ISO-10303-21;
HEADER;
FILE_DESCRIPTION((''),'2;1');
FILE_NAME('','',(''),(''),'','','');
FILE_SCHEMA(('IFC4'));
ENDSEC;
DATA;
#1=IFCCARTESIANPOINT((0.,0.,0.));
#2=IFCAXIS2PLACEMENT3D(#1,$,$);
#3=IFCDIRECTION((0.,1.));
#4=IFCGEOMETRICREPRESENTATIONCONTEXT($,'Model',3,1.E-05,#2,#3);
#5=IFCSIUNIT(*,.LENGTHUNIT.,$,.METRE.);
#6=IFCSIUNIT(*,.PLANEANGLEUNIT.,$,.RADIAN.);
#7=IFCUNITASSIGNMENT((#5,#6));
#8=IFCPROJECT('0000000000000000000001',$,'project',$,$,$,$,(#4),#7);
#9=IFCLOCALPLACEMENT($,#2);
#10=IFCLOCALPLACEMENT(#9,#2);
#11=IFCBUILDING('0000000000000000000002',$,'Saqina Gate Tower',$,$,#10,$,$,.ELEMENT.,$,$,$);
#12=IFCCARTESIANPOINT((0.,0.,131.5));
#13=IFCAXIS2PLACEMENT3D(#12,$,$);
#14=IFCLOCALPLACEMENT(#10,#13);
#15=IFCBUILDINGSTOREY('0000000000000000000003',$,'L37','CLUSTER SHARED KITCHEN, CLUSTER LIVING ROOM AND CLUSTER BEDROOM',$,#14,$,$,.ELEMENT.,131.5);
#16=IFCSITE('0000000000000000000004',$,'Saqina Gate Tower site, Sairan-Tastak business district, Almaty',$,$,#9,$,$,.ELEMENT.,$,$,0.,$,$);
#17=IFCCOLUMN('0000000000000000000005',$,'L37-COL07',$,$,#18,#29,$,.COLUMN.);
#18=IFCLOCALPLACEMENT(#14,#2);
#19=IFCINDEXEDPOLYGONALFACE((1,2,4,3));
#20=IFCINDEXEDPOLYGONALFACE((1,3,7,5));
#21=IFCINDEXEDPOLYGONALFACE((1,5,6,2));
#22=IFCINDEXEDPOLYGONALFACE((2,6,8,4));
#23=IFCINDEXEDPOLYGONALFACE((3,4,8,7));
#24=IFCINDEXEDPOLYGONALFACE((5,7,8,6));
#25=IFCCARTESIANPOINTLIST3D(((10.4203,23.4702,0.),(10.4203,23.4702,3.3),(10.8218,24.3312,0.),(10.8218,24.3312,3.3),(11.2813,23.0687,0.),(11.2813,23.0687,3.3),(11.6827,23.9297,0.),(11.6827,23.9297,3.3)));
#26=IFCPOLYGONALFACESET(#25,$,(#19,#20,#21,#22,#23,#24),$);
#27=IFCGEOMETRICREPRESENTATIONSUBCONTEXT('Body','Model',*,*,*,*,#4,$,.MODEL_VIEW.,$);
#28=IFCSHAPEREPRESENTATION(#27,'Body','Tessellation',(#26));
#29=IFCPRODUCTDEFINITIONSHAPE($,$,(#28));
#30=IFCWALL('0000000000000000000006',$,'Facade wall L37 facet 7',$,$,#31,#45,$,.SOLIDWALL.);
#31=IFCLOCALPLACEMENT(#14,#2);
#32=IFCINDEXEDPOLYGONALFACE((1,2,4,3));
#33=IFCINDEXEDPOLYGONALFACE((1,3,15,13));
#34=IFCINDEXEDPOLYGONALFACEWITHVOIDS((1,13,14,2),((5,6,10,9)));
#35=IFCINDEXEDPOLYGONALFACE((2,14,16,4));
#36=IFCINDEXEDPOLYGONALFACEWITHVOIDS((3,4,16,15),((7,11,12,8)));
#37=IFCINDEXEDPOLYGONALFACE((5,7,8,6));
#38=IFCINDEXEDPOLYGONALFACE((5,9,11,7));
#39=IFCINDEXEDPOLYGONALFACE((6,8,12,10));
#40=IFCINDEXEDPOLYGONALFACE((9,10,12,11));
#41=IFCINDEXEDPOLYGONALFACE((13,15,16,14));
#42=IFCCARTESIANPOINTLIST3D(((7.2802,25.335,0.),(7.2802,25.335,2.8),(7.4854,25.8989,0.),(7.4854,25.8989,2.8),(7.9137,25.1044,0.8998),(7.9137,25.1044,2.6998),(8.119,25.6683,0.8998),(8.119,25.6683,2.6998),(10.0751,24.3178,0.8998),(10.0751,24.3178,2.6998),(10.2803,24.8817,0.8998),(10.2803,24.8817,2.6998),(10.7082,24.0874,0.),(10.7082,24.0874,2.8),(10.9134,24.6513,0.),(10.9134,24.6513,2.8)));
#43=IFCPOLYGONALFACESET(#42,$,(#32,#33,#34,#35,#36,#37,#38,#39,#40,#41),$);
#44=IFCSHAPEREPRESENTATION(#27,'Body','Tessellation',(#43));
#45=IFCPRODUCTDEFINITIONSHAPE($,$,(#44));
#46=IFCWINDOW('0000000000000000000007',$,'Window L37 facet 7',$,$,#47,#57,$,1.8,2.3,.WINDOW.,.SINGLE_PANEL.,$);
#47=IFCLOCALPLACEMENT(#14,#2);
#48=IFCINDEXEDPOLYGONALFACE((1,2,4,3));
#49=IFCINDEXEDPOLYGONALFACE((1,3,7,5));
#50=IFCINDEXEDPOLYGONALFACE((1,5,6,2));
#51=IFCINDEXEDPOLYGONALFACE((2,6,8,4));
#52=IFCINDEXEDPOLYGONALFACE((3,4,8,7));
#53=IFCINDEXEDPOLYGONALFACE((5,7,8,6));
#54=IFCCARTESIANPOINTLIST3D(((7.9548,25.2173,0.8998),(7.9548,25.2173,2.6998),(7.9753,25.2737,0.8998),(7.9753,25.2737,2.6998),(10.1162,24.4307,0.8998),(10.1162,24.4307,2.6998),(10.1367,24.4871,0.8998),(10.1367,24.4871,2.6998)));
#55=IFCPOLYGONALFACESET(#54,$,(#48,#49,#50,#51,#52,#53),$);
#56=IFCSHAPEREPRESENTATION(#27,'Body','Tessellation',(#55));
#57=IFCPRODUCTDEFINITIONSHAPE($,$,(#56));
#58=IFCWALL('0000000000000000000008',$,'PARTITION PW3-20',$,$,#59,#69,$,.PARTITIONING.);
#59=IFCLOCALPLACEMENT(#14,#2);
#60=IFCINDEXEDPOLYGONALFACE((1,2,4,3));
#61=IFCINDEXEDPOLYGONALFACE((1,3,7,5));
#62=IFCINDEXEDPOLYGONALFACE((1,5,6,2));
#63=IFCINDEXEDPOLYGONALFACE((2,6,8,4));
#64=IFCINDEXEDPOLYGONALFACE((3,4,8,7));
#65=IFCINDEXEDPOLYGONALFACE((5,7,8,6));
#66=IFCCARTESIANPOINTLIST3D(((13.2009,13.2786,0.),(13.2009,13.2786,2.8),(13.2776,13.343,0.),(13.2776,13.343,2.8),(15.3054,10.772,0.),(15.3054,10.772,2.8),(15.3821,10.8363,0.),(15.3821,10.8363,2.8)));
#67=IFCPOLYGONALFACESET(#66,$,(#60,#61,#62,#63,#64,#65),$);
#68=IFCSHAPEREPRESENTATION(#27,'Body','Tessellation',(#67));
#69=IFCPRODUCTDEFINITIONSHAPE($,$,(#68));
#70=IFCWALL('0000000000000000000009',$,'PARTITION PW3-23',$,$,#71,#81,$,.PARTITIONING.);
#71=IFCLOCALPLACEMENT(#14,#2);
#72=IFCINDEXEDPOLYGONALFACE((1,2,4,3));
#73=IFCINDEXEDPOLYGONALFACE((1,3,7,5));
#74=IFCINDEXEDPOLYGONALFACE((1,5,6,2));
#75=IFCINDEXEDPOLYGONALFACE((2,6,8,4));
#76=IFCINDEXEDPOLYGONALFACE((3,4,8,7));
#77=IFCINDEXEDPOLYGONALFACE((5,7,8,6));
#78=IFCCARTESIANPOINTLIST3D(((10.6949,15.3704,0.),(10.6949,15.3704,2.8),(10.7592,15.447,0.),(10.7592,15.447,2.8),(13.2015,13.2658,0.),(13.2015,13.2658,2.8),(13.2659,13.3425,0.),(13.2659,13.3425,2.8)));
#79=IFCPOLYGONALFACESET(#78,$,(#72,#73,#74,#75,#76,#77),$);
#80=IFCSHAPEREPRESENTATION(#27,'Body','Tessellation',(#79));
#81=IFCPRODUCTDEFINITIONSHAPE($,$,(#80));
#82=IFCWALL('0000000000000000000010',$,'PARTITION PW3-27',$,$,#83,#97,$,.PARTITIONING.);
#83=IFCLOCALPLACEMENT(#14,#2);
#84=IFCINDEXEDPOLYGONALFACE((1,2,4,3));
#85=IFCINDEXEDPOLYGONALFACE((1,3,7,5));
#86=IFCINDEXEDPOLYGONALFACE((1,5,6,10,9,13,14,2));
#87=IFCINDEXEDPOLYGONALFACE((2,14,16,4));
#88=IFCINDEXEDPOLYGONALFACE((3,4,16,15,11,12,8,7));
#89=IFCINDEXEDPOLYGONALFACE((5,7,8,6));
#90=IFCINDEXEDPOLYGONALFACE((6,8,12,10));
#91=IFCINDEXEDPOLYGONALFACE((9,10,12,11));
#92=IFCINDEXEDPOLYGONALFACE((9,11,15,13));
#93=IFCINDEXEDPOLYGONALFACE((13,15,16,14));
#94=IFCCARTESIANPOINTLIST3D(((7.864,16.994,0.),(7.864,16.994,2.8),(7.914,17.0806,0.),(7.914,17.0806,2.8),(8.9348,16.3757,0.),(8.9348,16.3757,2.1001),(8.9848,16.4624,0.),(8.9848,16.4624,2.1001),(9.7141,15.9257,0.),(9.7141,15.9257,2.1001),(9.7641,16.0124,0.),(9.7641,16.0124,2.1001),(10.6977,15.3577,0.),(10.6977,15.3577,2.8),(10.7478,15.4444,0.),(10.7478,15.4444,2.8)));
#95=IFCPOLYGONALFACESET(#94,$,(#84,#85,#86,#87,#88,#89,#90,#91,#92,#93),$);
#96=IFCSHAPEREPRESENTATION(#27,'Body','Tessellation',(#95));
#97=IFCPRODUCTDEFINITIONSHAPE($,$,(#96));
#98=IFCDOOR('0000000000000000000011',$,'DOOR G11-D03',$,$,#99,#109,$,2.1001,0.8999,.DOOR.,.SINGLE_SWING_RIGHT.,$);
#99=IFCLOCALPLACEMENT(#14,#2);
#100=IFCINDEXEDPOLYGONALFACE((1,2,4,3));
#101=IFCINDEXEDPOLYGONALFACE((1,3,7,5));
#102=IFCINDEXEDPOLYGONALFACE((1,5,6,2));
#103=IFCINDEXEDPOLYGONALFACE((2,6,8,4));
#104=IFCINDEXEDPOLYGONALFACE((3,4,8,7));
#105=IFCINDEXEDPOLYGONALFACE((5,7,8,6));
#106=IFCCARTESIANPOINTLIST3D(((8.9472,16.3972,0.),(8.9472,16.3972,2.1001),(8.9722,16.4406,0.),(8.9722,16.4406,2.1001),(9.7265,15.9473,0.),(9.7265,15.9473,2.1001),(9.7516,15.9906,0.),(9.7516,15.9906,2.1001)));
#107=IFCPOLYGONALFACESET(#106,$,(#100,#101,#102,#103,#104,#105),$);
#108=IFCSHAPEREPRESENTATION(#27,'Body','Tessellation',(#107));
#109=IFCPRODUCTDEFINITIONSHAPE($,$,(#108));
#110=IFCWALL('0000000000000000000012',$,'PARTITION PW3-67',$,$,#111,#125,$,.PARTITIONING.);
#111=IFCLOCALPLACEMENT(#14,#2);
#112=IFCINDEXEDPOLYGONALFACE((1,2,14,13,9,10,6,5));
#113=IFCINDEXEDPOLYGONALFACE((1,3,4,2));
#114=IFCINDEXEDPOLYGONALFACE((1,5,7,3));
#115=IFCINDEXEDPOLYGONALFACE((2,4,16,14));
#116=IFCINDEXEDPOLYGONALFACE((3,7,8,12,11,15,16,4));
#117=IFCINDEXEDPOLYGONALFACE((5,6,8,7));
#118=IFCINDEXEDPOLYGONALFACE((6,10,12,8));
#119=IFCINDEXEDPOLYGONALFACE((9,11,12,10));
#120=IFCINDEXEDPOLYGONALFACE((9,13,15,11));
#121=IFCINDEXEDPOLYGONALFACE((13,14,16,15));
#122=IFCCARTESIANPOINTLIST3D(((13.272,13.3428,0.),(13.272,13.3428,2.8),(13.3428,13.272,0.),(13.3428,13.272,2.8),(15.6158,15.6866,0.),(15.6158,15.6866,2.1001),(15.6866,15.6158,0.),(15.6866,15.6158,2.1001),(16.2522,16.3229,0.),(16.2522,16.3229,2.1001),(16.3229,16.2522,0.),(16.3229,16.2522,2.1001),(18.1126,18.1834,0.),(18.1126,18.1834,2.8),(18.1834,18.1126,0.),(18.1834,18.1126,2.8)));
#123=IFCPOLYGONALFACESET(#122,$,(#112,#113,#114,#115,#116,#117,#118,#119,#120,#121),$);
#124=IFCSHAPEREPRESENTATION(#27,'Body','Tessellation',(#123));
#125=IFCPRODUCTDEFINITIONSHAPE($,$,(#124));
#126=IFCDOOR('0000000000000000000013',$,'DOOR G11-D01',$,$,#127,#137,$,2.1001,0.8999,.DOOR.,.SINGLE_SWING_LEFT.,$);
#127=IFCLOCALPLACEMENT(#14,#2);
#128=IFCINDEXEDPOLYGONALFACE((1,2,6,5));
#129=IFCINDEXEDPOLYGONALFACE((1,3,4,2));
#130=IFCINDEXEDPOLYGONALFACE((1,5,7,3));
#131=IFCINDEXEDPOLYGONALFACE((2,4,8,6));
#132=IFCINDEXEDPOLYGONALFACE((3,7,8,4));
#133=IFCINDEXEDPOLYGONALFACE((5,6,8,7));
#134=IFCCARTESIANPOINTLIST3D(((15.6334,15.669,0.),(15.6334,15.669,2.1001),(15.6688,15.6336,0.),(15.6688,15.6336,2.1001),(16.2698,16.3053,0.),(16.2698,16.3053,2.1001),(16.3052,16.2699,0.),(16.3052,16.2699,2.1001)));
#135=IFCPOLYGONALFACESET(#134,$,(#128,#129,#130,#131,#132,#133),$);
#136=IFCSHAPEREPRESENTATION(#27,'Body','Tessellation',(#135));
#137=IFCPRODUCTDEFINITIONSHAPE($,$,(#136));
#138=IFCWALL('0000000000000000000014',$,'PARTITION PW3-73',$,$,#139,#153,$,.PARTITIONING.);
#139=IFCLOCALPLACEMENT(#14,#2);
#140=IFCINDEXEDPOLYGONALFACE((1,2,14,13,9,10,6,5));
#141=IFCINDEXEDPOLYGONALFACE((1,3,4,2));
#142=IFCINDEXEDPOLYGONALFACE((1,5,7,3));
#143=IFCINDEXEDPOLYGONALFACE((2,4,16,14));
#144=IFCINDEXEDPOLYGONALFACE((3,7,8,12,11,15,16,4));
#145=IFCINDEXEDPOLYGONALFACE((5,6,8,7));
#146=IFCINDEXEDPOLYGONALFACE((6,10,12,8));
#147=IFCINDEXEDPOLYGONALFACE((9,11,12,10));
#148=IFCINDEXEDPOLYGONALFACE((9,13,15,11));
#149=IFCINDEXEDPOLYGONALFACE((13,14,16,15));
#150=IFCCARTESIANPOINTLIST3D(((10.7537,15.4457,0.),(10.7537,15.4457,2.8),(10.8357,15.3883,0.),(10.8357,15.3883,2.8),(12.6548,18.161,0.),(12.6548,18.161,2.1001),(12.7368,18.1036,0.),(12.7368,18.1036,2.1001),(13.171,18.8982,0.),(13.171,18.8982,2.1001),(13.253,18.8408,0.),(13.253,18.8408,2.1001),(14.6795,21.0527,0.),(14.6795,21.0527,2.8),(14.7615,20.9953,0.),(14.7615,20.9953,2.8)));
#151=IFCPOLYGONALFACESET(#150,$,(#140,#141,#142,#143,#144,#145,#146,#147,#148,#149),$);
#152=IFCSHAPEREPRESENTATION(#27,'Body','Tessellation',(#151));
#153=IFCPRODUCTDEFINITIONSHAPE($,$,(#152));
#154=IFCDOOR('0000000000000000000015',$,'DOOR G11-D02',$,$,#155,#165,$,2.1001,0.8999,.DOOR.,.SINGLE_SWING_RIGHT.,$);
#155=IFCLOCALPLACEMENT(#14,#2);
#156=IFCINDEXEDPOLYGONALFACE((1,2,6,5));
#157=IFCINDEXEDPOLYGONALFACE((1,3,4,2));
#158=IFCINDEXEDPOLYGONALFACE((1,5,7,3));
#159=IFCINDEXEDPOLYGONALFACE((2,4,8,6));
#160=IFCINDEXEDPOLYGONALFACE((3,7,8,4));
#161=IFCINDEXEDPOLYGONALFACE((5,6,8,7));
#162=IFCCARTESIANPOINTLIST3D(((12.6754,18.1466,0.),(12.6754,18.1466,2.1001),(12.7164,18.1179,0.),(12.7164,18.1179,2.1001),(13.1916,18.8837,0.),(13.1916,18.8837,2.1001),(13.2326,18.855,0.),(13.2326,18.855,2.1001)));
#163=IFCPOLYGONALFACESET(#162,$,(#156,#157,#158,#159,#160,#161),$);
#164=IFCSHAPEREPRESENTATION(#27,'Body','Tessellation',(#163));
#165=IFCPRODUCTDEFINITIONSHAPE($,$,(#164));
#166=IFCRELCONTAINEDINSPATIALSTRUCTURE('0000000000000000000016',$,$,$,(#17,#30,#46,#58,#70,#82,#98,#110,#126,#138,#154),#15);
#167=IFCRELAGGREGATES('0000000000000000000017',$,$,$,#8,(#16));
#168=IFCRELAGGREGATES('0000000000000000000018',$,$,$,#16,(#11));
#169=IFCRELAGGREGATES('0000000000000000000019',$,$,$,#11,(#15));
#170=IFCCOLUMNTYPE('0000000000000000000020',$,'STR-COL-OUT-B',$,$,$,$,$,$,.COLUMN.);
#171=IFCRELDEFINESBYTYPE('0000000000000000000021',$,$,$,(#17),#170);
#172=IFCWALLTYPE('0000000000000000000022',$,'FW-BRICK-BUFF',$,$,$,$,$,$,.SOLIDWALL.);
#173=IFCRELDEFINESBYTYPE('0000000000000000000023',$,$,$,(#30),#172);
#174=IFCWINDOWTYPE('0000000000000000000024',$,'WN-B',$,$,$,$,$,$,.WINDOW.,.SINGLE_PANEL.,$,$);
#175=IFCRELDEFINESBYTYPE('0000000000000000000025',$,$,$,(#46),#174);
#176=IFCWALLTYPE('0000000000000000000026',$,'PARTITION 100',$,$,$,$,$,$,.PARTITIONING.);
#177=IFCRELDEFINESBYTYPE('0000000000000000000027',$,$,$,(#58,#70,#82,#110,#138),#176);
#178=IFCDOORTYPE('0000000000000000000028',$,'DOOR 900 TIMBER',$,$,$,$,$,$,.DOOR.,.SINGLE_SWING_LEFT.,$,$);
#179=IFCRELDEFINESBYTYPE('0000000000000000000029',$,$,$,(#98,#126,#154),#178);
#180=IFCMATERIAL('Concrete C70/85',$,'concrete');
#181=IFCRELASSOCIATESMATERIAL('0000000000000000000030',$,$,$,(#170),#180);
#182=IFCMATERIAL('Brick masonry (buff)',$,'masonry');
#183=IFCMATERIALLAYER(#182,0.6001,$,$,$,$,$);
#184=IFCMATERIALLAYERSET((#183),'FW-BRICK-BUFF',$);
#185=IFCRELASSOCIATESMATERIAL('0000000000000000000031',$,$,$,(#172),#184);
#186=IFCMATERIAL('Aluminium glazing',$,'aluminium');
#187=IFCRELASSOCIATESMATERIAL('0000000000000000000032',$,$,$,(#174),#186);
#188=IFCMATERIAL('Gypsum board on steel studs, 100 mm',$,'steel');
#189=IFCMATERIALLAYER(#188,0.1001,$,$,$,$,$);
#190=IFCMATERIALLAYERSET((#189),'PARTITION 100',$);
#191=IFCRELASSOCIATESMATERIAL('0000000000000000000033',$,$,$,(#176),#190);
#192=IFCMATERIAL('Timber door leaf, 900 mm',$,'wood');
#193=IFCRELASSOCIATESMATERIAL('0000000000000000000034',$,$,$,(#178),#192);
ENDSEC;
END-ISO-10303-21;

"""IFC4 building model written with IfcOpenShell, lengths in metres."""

from ifc_helpers import new_model, si_unit, direction, frame, frame_2d, origin, origin_2d, place, context, subcontext, project, spatial, rectangle, extrude, material, layer, layer_set, material_profile, profile_set, type_object, element, fill, save


model = new_model("IFC4")

# Units and contexts
model_context = context("Model", 3, precision=1e-05, world=origin(), true_north=direction((0.0, 1.0)))
body_context = subcontext(model_context, "Body", "Model", "MODEL_VIEW")
ifc_project = project(units=[si_unit("LENGTHUNIT", "METRE"), si_unit("PLANEANGLEUNIT", "RADIAN")], contexts=[model_context])

# Site, building, storey
site_placement = place(None, origin())
site = spatial("IfcSite", under=ifc_project, at=site_placement, Name="Saqina Gate Tower site, Sairan-Tastak business district, Almaty", CompositionType="ELEMENT", RefElevation=0.0)
building_placement = place(site_placement, origin())
building = spatial("IfcBuilding", under=site, at=building_placement, Name="Saqina Gate Tower", CompositionType="ELEMENT")
storey_placement = place(building_placement, frame((0.0, 0.0, 131.5)))
storey = spatial("IfcBuildingStorey", under=building, at=storey_placement, Name="L37", Description="CLUSTER SHARED KITCHEN, CLUSTER LIVING ROOM AND CLUSTER BEDROOM", CompositionType="ELEMENT", Elevation=131.5)

# Column
ifc_material_1 = material(Name="Concrete C70/85", Category="concrete")
ifc_material_profile = material_profile(ifc_material_1, rectangle(XDim=0.95, YDim=0.95, at=origin_2d()), Name="RC 950x950")
ifc_profile_set = profile_set([ifc_material_profile], Name="Concrete C70/85")
column_type = type_object("IfcColumnType", Name="STR-COL-OUT-B", PredefinedType="COLUMN", material=ifc_profile_set)
column_placement = place(storey_placement, frame((11.0515, 23.7, 0.0), z_axis=(0.0, 0.0, 1.0), x_axis=(0.422618, 0.906308, 0.0)))
element("IfcColumn", 1, at=column_placement, inside=storey, type_object=column_type, Name="L37-COL07", PredefinedType="COLUMN", context=body_context, shape_type="SweptSolid", body=[
    extrude(rectangle(XDim=0.95, YDim=0.95, at=origin_2d()), origin(), (0.0, 0.0, 1.0), 3.3),
])

# Wall, opening, window
ifc_material_2 = material(Name="Brick masonry (buff)", Category="masonry")
ifc_layer_1 = layer(ifc_material_2, 0.6001)
ifc_layer_set_1 = layer_set([ifc_layer_1], Name="FW-BRICK-BUFF")
wall_type_1 = type_object("IfcWallType", Name="FW-BRICK-BUFF", PredefinedType="SOLIDWALL", material=ifc_layer_set_1)
wall_1_placement = place(storey_placement, frame((10.8108, 24.3694, 0.0), z_axis=(0.0, 0.0, 1.0), x_axis=(-0.939704, 0.34199, 0.0)))
wall_1 = element("IfcWall", 2, at=wall_1_placement, inside=storey, type_object=wall_type_1, Name="Facade wall L37 facet 7", PredefinedType="SOLIDWALL", context=body_context, shape_type="SweptSolid", body=[
    extrude(rectangle(XDim=3.6479, YDim=0.6001, at=frame_2d((1.824, 0.0))), origin(), (0.0, 0.0, 1.0), 2.8),
])
opening_1_placement = place(wall_1_placement, frame((0.6738, 0.0, 0.8999)))
opening_1 = element("IfcOpeningElement", 3, at=opening_1_placement, cuts=wall_1, PredefinedType="OPENING", context=body_context, shape_type="SweptSolid", body=[
    extrude(rectangle(XDim=2.3, YDim=1.8, at=frame_2d((1.1499, 0.8999))), frame((0.0, 0.312, 0.0), z_axis=(0.0, -1.0, 0.0), x_axis=(1.0, 0.0, 0.0)), (0.0, 0.0, 1.0), 0.624),
])
ifc_material_3 = material(Name="Aluminium glazing", Category="aluminium")
window_type = type_object("IfcWindowType", Name="WN-B", PartitioningType="SINGLE_PANEL", PredefinedType="WINDOW", material=ifc_material_3)
window_placement = place(opening_1_placement, origin())
window = element("IfcWindow", 4, at=window_placement, inside=storey, type_object=window_type, Name="Window L37 facet 7", OverallHeight=1.8, OverallWidth=2.3, PartitioningType="SINGLE_PANEL", PredefinedType="WINDOW", context=body_context, shape_type="SweptSolid", body=[
    extrude(rectangle(XDim=2.3, YDim=1.8, at=frame_2d((1.1499, 0.8999))), frame((0.0, 0.1799, 0.0), z_axis=(0.0, -1.0, 0.0), x_axis=(1.0, 0.0, 0.0)), (0.0, 0.0, 1.0), 0.0601),
])
fill(opening_1, window)

# Walls
ifc_material_4 = material(Name="Gypsum board on steel studs, 100 mm", Category="steel")
ifc_layer_2 = layer(ifc_material_4, 0.1001)
ifc_layer_set_2 = layer_set([ifc_layer_2], Name="PARTITION 100")
wall_type_2 = type_object("IfcWallType", Name="PARTITION 100", PredefinedType="PARTITIONING", material=ifc_layer_set_2)
for number, where, z_axis, x_axis, name in (
    (5, (13.2393, 13.3108, 0.0), (0.0, 0.0, 1.0), (0.643005, -0.765862, 0.0), "PARTITION PW3-20"),
    (6, (10.7271, 15.4087, 0.0), (0.0, 0.0, 1.0), (0.765862, -0.643005, 0.0), "PARTITION PW3-23"),
):
    element("IfcWall", number, at=place(storey_placement, frame(where, z_axis=z_axis, x_axis=x_axis)), inside=storey, type_object=wall_type_2, Name=name, PredefinedType="PARTITIONING", context=body_context, shape_type="SweptSolid", body=[
        extrude(rectangle(XDim=3.2729, YDim=0.1001, at=frame_2d((1.6365, 0.0))), origin(), (0.0, 0.0, 1.0), 2.8),
    ])

# Walls, openings, doors
wall_2_placement = place(storey_placement, frame((7.8889, 17.0374, 0.0), z_axis=(0.0, 0.0, 1.0), x_axis=(0.866003, -0.500039, 0.0)))
wall_2 = element("IfcWall", 7, at=wall_2_placement, inside=storey, type_object=wall_type_2, Name="PARTITION PW3-27", PredefinedType="PARTITIONING", context=body_context, shape_type="SweptSolid", body=[
    extrude(rectangle(XDim=3.2722, YDim=0.1001, at=frame_2d((1.6362, 0.0))), origin(), (0.0, 0.0, 1.0), 2.8),
])
opening_2_placement = place(wall_2_placement, frame((1.2366, 0.0, 0.0)))
opening_2 = element("IfcOpeningElement", 8, at=opening_2_placement, cuts=wall_2, PredefinedType="OPENING", context=body_context, shape_type="SweptSolid", body=[
    extrude(rectangle(XDim=0.8999, YDim=2.1001, at=frame_2d((0.45, 1.05))), frame((0.0, 0.062, 0.0), z_axis=(0.0, -1.0, 0.0), x_axis=(1.0, 0.0, 0.0)), (0.0, 0.0, 1.0), 0.124),
])
ifc_material_5 = material(Name="Timber door leaf, 900 mm", Category="wood")
door_type_1 = type_object("IfcDoorType", Name="DOOR 900 TIMBER", OperationType="SINGLE_SWING_LEFT", PredefinedType="DOOR", material=ifc_material_5)
door_1_placement = place(opening_2_placement, origin())
door_1 = element("IfcDoor", 9, at=door_1_placement, inside=storey, type_object=door_type_1, Name="DOOR G11-D03", OperationType="SINGLE_SWING_RIGHT", OverallHeight=2.1001, OverallWidth=0.8999, PredefinedType="DOOR", context=body_context, shape_type="SweptSolid", body=[
    extrude(rectangle(XDim=0.8999, YDim=2.1001, at=frame_2d((0.45, 1.05))), frame((0.0, 0.0249, 0.0), z_axis=(0.0, -1.0, 0.0), x_axis=(1.0, 0.0, 0.0)), (0.0, 0.0, 1.0), 0.05),
])
fill(opening_2, door_1)
wall_3_placement = place(storey_placement, frame((13.3074, 13.3074, 0.0), z_axis=(0.0, 0.0, 1.0), x_axis=(0.707107, 0.707107, 0.0)))
wall_3 = element("IfcWall", 10, at=wall_3_placement, inside=storey, type_object=wall_type_2, Name="PARTITION PW3-67", PredefinedType="PARTITIONING", context=body_context, shape_type="SweptSolid", body=[
    extrude(rectangle(XDim=6.8457, YDim=0.1001, at=frame_2d((3.4229, 0.0))), origin(), (0.0, 0.0, 1.0), 2.8),
])
opening_3_placement = place(wall_3_placement, frame((3.3147, 0.0, 0.0)))
opening_3 = element("IfcOpeningElement", 11, at=opening_3_placement, cuts=wall_3, PredefinedType="OPENING", context=body_context, shape_type="SweptSolid", body=[
    extrude(rectangle(XDim=0.8999, YDim=2.1001, at=frame_2d((0.45, 1.05))), frame((0.0, 0.062, 0.0), z_axis=(0.0, -1.0, 0.0), x_axis=(1.0, 0.0, 0.0)), (0.0, 0.0, 1.0), 0.124),
])
door_2_placement = place(opening_3_placement, frame((0.8999, 0.0, 0.0), z_axis=(0.0, 0.0, 1.0), x_axis=(-1.0, 0.0, 0.0)))
door_2 = element("IfcDoor", 12, at=door_2_placement, inside=storey, type_object=door_type_1, Name="DOOR G11-D01", OperationType="SINGLE_SWING_LEFT", OverallHeight=2.1001, OverallWidth=0.8999, PredefinedType="DOOR", context=body_context, shape_type="SweptSolid", body=[
    extrude(rectangle(XDim=0.8999, YDim=2.1001, at=frame_2d((0.45, 1.05))), frame((0.0, 0.0249, 0.0), z_axis=(0.0, -1.0, 0.0), x_axis=(1.0, 0.0, 0.0)), (0.0, 0.0, 1.0), 0.05),
])
fill(opening_3, door_2)
wall_4_placement = place(storey_placement, frame((10.7947, 15.417, 0.0), z_axis=(0.0, 0.0, 1.0), x_axis=(0.573553, 0.819168, 0.0)))
wall_4 = element("IfcWall", 13, at=wall_4_placement, inside=storey, type_object=wall_type_2, Name="PARTITION PW3-73", PredefinedType="PARTITIONING", context=body_context, shape_type="SweptSolid", body=[
    extrude(rectangle(XDim=6.8447, YDim=0.1001, at=frame_2d((3.4224, 0.0))), origin(), (0.0, 0.0, 1.0), 2.8),
])
opening_4_placement = place(wall_4_placement, frame((3.3147, 0.0, 0.0)))
opening_4 = element("IfcOpeningElement", 14, at=opening_4_placement, cuts=wall_4, PredefinedType="OPENING", context=body_context, shape_type="SweptSolid", body=[
    extrude(rectangle(XDim=0.8999, YDim=2.1001, at=frame_2d((0.45, 1.05))), frame((0.0, 0.062, 0.0), z_axis=(0.0, -1.0, 0.0), x_axis=(1.0, 0.0, 0.0)), (0.0, 0.0, 1.0), 0.124),
])
door_3_placement = place(opening_4_placement, origin())
door_3 = element("IfcDoor", 15, at=door_3_placement, inside=storey, type_object=door_type_1, Name="DOOR G11-D02", OperationType="SINGLE_SWING_RIGHT", OverallHeight=2.1001, OverallWidth=0.8999, PredefinedType="DOOR", context=body_context, shape_type="SweptSolid", body=[
    extrude(rectangle(XDim=0.8999, YDim=2.1001, at=frame_2d((0.45, 1.05))), frame((0.0, 0.0249, 0.0), z_axis=(0.0, -1.0, 0.0), x_axis=(1.0, 0.0, 0.0)), (0.0, 0.0, 1.0), 0.05),
])
fill(opening_4, door_3)

save(model, "model.ifc")
